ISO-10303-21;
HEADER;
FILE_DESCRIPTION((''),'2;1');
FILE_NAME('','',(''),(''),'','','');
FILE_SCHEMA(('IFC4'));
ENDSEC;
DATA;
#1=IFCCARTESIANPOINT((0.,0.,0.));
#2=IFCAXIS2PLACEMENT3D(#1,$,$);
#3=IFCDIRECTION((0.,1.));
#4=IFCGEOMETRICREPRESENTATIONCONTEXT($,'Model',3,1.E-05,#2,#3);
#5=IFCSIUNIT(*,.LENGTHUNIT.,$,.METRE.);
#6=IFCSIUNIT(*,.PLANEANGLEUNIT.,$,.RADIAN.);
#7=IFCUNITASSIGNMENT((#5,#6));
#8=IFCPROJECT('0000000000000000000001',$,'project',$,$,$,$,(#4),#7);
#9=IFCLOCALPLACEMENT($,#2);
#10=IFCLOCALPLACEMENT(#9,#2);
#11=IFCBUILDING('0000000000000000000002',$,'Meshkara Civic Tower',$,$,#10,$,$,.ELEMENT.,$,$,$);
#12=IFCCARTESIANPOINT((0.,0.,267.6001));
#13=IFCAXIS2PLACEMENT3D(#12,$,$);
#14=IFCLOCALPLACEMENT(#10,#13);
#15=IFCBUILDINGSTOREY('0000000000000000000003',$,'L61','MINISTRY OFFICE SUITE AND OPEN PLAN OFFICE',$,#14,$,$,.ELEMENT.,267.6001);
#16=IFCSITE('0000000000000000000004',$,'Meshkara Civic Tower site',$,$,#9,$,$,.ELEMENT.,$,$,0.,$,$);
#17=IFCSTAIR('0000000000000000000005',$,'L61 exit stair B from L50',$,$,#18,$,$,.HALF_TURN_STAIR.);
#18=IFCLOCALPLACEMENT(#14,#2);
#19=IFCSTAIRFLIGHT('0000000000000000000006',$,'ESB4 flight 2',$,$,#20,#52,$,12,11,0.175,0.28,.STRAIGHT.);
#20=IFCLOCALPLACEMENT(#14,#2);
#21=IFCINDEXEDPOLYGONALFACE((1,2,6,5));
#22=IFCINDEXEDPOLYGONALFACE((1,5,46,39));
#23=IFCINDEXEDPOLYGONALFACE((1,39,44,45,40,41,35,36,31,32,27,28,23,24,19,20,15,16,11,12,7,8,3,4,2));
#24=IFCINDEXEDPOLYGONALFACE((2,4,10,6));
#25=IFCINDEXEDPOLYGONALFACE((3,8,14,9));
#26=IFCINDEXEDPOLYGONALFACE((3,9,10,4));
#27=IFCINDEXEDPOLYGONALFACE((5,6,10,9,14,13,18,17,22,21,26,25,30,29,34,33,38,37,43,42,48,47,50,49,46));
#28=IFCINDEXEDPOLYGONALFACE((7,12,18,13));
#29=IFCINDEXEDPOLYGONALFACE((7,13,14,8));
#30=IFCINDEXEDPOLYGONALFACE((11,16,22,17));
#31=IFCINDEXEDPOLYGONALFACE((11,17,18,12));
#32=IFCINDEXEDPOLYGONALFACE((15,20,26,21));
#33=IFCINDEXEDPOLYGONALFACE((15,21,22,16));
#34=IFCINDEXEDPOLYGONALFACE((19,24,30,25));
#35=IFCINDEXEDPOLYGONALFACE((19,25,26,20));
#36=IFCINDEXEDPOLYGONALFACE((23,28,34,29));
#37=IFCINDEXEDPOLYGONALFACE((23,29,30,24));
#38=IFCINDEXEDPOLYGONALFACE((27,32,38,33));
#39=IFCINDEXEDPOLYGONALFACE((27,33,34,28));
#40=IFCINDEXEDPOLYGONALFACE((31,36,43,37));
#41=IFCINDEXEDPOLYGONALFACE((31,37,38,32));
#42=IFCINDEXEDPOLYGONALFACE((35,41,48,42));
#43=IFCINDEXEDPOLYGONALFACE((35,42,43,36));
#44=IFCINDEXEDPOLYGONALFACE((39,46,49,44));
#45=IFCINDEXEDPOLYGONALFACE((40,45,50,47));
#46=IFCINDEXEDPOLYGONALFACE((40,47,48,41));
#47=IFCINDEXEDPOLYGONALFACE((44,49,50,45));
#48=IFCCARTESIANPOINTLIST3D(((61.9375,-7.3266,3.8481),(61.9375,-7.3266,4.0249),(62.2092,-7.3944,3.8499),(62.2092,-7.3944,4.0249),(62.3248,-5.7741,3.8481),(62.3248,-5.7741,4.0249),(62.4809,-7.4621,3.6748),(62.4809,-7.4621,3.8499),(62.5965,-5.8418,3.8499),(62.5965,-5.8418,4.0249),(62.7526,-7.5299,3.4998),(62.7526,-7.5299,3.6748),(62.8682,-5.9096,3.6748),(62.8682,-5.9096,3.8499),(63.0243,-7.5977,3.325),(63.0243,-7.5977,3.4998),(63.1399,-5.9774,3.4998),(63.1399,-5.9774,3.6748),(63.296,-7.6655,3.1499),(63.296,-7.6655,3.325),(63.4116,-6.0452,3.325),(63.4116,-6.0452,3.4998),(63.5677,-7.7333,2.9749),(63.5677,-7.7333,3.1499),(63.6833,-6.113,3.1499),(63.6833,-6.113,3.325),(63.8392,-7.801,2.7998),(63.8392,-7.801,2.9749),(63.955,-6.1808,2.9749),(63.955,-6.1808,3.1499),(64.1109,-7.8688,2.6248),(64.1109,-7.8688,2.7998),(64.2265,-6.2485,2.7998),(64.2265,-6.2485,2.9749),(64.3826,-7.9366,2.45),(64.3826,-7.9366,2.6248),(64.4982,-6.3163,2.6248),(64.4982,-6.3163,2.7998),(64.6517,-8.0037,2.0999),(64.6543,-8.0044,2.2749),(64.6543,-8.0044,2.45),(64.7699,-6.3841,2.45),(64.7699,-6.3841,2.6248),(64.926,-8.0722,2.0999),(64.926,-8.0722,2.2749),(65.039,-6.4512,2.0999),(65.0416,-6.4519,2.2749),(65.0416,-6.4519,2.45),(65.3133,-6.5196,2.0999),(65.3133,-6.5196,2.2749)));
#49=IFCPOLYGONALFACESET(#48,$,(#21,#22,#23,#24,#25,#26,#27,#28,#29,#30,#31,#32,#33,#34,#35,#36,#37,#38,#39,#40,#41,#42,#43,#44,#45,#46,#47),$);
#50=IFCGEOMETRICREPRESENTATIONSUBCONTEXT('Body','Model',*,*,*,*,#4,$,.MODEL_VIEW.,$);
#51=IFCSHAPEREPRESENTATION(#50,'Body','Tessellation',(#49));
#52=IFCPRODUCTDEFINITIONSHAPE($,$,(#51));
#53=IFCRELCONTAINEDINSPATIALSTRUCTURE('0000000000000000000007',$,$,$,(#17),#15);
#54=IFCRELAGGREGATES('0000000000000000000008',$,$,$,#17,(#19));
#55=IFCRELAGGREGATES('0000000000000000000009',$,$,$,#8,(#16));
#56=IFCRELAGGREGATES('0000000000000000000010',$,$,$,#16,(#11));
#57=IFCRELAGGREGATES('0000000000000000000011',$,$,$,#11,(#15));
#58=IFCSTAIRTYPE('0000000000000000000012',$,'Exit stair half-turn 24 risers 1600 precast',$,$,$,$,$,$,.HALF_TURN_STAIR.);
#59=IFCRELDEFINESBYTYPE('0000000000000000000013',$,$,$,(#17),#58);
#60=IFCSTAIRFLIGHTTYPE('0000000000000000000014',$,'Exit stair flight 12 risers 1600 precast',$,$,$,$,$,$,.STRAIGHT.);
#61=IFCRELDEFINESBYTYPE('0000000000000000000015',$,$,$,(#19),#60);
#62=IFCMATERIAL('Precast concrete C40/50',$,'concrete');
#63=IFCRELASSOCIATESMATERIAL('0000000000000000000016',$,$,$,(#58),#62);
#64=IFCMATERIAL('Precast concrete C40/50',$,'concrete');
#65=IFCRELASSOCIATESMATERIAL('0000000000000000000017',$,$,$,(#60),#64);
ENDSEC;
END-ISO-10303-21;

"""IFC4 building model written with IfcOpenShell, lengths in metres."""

from ifc_helpers import new_model, si_unit, direction, frame, origin, place, context, subcontext, project, spatial, polyline, outline, extrude, material, type_object, element, aggregate, save


model = new_model("IFC4")

# Units and contexts
model_context = context("Model", 3, precision=1e-05, world=origin(), true_north=direction((0.0, 1.0)))
body_context = subcontext(model_context, "Body", "Model", "MODEL_VIEW")
ifc_project = project(units=[si_unit("LENGTHUNIT", "METRE"), si_unit("PLANEANGLEUNIT", "RADIAN")], contexts=[model_context])

# Site, building, storey
site_placement = place(None, origin())
site = spatial("IfcSite", under=ifc_project, at=site_placement, Name="Meshkara Civic Tower site", CompositionType="ELEMENT", RefElevation=0.0)
building_placement = place(site_placement, origin())
building = spatial("IfcBuilding", under=site, at=building_placement, Name="Meshkara Civic Tower", CompositionType="ELEMENT")
storey_placement = place(building_placement, frame((0.0, 0.0, 267.6001)))
storey = spatial("IfcBuildingStorey", under=building, at=storey_placement, Name="L61", Description="MINISTRY OFFICE SUITE AND OPEN PLAN OFFICE", CompositionType="ELEMENT", Elevation=267.6001)

# Stair, stair flight
ifc_material_1 = material(Name="Precast concrete C40/50", Category="concrete")
stair_type = type_object("IfcStairType", Name="Exit stair half-turn 24 risers 1600 precast", PredefinedType="HALF_TURN_STAIR", material=ifc_material_1)
stair_placement = place(storey_placement, origin())
stair = element("IfcStair", 1, at=stair_placement, inside=storey, type_object=stair_type, Name="L61 exit stair B from L50", PredefinedType="HALF_TURN_STAIR")
ifc_material_2 = material(Name="Precast concrete C40/50", Category="concrete")
stair_flight_type = type_object("IfcStairFlightType", Name="Exit stair flight 12 risers 1600 precast", PredefinedType="STRAIGHT", material=ifc_material_2)
stair_flight_1_placement = place(storey_placement, frame((65.1196, -7.2959, 2.0999), z_axis=(0.0, 0.0, 1.0), x_axis=(-0.97026, 0.242065, 0.0)))
stair_flight_1 = element("IfcStairFlight", 2, at=stair_flight_1_placement, type_object=stair_flight_type, Name="ESB4 flight 2", NumberOfRisers=12, NumberOfTreads=11, PredefinedType="STRAIGHT", RiserHeight=0.175, TreadLength=0.28, context=body_context, shape_type="SweptSolid", body=[
    extrude(outline(polyline([(0.0, 0.0), (0.0, 0.175), (0.28, 0.175), (0.28, 0.3501), (0.5601, 0.3501), (0.5601, 0.5249), (0.8401, 0.5249), (0.8401, 0.7), (1.1201, 0.7), (1.1201, 0.875), (1.3999, 0.875), (1.3999, 1.05), (1.6799, 1.05), (1.6799, 1.2251), (1.96, 1.2251), (1.96, 1.3999), (2.24, 1.3999), (2.24, 1.575), (2.52, 1.575), (2.52, 1.75), (2.8, 1.75), (2.8, 1.925), (3.0801, 1.925), (3.0801, 2.1001), (3.0801, 1.7483), (0.2827, 0.0), (0.0, 0.0)])), frame((0.0, 0.8, 0.0), z_axis=(0.0, -1.0, 0.0), x_axis=(1.0, 0.0, 0.0)), (0.0, 0.0, 1.0), 1.6001),
])
aggregate(stair, [stair_flight_1])

save(model, "model.ifc")
